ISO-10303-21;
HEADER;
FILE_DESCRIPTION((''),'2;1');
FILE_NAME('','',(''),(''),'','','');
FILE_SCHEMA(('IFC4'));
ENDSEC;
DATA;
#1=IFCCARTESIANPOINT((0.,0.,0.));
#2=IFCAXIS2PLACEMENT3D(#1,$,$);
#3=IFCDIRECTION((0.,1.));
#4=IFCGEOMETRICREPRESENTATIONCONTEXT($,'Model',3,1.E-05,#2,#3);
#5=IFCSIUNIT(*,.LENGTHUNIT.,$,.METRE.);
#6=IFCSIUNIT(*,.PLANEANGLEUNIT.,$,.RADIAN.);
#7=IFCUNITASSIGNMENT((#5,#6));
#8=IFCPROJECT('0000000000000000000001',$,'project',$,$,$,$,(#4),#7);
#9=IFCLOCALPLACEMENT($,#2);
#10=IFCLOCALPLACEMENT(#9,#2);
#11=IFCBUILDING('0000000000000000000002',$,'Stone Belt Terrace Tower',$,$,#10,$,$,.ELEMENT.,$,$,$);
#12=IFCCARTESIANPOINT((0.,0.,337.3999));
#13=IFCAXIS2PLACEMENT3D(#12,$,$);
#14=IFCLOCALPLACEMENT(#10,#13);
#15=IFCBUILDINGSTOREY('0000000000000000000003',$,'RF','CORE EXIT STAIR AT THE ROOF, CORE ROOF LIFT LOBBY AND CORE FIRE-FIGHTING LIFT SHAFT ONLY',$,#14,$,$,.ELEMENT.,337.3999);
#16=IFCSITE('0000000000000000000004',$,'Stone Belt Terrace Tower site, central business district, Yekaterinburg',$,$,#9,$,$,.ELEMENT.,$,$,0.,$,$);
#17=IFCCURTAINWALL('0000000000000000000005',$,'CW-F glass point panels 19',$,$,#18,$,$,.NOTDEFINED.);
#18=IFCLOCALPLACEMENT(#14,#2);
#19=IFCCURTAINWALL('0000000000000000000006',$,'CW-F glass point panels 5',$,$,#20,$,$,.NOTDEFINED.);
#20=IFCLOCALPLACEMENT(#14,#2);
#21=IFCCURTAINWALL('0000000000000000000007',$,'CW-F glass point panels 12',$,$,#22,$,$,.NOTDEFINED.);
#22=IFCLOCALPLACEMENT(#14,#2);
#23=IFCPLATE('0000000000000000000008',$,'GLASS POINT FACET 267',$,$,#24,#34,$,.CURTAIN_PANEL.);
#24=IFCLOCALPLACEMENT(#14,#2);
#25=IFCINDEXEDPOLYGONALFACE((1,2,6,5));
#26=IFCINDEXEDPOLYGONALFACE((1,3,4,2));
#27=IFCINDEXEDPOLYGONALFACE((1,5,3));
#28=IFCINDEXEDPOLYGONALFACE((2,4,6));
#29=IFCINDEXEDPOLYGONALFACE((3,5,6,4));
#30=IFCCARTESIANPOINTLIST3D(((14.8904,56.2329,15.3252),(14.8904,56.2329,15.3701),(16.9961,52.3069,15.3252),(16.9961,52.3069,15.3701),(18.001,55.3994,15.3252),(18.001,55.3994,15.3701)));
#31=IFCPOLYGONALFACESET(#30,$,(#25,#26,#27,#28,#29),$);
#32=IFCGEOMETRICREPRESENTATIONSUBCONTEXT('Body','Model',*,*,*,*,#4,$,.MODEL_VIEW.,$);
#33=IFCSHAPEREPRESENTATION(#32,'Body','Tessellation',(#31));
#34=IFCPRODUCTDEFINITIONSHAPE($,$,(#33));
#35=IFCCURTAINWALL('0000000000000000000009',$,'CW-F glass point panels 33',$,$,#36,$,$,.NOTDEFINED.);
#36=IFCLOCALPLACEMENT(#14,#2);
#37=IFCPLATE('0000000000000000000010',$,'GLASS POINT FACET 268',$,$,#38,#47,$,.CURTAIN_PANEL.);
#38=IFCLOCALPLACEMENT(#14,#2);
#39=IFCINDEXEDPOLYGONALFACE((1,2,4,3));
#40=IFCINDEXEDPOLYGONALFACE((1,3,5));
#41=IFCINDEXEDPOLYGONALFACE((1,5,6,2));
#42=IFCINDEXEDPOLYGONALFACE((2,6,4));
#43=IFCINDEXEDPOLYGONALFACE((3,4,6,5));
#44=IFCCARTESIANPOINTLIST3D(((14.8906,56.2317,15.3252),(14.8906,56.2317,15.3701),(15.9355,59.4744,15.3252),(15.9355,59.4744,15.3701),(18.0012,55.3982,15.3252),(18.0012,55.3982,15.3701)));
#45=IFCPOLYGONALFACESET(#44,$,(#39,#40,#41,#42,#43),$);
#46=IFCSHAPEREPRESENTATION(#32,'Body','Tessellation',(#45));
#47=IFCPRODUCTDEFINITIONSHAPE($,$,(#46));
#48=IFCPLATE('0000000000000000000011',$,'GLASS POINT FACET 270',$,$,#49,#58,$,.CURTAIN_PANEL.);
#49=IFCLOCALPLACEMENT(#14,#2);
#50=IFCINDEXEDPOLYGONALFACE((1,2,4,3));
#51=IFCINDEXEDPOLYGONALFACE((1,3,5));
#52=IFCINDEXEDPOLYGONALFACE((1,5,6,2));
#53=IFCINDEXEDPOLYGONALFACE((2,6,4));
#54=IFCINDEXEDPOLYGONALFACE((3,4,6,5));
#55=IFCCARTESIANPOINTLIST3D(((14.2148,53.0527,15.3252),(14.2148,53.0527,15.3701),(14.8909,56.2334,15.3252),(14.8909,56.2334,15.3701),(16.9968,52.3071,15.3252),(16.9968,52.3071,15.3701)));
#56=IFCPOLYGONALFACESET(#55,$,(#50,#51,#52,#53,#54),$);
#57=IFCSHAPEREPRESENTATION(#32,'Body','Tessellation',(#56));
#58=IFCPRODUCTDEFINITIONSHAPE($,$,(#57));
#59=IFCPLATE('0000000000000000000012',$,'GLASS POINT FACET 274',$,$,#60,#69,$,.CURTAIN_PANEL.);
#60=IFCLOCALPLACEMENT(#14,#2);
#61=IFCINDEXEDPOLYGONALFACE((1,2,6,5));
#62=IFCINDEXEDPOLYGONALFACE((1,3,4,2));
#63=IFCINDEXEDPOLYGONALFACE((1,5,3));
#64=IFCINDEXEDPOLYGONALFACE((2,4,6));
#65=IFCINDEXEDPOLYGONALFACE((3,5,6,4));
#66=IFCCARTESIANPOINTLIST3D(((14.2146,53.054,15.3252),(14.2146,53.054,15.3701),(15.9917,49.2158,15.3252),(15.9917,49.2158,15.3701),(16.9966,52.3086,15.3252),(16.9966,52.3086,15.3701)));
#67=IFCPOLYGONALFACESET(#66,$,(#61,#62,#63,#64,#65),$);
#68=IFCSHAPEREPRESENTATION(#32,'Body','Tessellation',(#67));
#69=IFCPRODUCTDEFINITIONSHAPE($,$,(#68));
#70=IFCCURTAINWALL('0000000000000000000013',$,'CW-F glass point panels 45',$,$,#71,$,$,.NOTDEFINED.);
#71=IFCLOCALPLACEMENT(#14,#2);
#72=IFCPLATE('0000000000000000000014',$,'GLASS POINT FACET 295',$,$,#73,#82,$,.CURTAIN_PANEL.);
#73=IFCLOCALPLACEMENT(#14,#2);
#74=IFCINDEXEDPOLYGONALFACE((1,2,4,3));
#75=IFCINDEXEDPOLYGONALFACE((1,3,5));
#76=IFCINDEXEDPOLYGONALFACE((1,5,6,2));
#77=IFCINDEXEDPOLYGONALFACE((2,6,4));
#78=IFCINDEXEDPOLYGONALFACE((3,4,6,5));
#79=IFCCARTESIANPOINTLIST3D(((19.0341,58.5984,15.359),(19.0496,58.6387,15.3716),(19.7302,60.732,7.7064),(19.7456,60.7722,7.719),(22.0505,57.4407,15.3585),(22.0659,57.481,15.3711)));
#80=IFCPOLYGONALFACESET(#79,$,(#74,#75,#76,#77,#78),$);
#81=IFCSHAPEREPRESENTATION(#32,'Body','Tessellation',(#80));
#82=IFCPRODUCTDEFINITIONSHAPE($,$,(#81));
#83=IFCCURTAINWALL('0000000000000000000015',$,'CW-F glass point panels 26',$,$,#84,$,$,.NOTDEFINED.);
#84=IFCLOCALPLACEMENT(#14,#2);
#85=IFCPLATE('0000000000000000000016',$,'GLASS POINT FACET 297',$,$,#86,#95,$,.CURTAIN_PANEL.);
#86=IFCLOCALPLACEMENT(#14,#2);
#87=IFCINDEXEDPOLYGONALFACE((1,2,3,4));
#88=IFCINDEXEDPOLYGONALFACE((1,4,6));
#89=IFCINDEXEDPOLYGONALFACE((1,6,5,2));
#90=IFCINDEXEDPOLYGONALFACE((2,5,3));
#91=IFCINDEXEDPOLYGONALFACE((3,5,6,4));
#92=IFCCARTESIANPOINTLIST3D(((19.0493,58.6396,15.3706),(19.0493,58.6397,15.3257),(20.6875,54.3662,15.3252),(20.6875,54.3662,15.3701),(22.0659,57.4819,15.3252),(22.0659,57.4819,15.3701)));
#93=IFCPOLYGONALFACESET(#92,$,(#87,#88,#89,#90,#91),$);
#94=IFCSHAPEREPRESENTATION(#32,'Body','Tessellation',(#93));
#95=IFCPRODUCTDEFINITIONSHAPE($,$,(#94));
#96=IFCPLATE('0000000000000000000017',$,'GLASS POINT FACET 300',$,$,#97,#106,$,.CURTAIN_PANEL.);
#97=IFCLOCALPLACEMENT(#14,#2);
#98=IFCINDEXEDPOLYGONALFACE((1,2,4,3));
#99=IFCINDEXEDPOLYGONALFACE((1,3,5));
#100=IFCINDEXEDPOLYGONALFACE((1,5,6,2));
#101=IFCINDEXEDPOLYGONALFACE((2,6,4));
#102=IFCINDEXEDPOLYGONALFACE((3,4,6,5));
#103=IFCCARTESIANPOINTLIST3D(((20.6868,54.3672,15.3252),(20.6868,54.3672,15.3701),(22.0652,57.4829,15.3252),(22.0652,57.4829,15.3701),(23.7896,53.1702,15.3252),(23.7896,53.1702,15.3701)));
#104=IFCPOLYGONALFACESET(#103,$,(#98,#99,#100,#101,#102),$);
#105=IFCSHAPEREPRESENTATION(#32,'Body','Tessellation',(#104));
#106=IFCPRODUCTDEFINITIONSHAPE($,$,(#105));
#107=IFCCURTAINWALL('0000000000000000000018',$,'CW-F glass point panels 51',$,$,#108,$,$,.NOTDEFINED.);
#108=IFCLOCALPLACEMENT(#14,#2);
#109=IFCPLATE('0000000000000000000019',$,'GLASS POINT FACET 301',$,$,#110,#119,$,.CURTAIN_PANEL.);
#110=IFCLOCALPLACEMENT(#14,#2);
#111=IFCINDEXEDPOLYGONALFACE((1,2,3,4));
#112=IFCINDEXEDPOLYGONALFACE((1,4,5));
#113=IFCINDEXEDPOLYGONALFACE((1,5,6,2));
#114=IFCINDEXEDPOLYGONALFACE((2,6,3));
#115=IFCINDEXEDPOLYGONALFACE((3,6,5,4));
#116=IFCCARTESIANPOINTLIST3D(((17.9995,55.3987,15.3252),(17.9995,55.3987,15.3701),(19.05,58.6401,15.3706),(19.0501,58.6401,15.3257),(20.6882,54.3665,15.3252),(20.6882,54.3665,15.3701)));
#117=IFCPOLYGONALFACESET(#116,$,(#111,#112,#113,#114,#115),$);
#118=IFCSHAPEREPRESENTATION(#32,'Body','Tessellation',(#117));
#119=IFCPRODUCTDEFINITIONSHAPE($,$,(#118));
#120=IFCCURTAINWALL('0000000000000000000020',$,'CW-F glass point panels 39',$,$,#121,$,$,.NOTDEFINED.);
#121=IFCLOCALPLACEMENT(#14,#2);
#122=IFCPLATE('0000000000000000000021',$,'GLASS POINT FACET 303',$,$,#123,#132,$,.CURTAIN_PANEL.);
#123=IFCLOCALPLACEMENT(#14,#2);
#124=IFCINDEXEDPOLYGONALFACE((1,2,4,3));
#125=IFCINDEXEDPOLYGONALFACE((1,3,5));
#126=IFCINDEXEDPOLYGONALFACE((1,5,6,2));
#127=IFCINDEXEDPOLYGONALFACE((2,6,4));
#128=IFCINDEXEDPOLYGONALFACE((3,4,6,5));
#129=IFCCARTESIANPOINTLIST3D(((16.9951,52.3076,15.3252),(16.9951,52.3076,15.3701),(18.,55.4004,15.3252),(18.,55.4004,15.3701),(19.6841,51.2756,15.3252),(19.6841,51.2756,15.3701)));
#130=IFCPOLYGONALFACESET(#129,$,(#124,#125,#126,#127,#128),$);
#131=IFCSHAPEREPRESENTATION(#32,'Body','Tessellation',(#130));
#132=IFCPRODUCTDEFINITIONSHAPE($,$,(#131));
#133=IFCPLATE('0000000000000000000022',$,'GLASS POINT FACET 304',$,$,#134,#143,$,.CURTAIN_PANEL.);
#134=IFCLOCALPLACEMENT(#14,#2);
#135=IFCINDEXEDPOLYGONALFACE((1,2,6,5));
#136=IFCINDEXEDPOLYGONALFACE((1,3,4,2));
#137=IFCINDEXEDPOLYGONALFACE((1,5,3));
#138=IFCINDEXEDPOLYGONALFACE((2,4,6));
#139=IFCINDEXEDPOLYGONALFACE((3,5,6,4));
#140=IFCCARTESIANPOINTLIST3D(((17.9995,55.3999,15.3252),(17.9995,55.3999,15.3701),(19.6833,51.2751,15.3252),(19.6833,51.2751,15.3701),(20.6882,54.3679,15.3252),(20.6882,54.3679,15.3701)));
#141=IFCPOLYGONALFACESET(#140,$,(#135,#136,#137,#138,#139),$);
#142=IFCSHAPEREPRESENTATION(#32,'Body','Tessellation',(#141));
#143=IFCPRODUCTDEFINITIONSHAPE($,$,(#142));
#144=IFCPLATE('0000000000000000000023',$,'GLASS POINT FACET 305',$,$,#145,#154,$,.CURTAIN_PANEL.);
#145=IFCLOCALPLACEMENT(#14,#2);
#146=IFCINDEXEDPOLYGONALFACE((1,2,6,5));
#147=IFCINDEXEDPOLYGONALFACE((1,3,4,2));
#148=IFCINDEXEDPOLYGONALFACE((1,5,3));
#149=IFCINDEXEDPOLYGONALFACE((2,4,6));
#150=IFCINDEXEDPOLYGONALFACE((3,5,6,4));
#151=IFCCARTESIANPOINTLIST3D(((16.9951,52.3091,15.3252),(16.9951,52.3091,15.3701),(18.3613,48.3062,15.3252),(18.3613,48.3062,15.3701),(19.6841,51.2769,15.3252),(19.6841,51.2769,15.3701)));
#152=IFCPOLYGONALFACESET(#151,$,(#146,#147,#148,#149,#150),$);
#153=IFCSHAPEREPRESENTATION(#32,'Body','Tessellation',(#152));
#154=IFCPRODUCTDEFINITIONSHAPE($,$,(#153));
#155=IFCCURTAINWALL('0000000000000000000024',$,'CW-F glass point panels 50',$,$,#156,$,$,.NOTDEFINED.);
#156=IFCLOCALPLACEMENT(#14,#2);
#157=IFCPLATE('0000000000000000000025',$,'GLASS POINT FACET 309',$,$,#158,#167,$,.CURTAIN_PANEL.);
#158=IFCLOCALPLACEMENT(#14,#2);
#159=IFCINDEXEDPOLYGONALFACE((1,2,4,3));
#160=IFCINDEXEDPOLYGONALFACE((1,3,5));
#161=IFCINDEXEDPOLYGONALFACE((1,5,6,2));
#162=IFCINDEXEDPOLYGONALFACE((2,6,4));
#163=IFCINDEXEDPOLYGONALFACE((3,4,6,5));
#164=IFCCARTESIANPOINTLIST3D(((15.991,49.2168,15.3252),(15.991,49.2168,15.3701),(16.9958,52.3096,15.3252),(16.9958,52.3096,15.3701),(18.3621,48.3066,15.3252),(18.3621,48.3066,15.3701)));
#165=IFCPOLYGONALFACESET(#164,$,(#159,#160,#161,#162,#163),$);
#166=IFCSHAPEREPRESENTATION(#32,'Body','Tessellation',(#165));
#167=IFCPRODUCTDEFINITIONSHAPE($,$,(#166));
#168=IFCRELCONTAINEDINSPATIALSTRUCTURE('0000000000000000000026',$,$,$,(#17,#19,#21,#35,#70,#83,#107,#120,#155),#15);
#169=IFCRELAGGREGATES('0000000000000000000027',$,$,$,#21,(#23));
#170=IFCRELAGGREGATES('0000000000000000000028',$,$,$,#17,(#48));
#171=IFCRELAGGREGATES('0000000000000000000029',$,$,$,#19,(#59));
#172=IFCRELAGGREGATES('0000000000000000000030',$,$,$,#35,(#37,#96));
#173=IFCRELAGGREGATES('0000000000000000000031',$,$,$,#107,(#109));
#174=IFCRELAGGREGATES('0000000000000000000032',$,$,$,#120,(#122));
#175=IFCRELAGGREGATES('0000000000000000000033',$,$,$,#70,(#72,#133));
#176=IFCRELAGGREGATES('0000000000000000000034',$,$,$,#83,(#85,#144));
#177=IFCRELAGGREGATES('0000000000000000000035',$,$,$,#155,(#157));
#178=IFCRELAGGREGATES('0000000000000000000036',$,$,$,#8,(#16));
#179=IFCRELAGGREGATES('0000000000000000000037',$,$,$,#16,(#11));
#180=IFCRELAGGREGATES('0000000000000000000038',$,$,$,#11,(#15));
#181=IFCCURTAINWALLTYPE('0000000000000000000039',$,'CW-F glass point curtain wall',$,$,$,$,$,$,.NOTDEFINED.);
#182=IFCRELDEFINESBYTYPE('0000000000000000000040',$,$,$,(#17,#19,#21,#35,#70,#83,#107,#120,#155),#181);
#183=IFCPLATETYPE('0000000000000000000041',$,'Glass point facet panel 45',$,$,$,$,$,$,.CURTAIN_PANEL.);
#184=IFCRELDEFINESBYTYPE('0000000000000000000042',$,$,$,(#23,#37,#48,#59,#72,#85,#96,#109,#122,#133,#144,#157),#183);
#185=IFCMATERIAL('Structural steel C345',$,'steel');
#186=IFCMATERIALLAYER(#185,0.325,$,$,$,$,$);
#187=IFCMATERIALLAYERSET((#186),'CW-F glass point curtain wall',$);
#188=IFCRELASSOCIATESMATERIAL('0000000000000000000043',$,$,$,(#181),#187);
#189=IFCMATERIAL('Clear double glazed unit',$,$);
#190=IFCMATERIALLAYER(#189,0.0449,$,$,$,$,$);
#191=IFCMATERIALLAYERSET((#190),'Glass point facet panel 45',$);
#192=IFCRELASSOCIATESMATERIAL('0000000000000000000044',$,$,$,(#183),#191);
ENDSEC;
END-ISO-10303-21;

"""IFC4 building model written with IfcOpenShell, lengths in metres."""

from ifc_helpers import new_model, si_unit, direction, frame, origin, place, context, subcontext, project, spatial, polyline, outline, extrude, material, layer, layer_set, type_object, element, aggregate, save


model = new_model("IFC4")

# Units and contexts
model_context = context("Model", 3, precision=1e-05, world=origin(), true_north=direction((0.0, 1.0)))
body_context = subcontext(model_context, "Body", "Model", "MODEL_VIEW")
ifc_project = project(units=[si_unit("LENGTHUNIT", "METRE"), si_unit("PLANEANGLEUNIT", "RADIAN")], contexts=[model_context])

# Site, building, storey
site_placement = place(None, origin())
site = spatial("IfcSite", under=ifc_project, at=site_placement, Name="Stone Belt Terrace Tower site, central business district, Yekaterinburg", CompositionType="ELEMENT", RefElevation=0.0)
building_placement = place(site_placement, origin())
building = spatial("IfcBuilding", under=site, at=building_placement, Name="Stone Belt Terrace Tower", CompositionType="ELEMENT")
storey_placement = place(building_placement, frame((0.0, 0.0, 337.3999)))
storey = spatial("IfcBuildingStorey", under=building, at=storey_placement, Name="RF", Description="CORE EXIT STAIR AT THE ROOF, CORE ROOF LIFT LOBBY AND CORE FIRE-FIGHTING LIFT SHAFT ONLY", CompositionType="ELEMENT", Elevation=337.3999)

# Shared definitions
ifc_material_1 = material(Name="Structural steel C345", Category="steel")

# Curtain walls, plates
ifc_layer_1 = layer(ifc_material_1, 0.325)
ifc_layer_set_1 = layer_set([ifc_layer_1], Name="CW-F glass point curtain wall")
curtain_wall_type = type_object("IfcCurtainWallType", Name="CW-F glass point curtain wall", PredefinedType="NOTDEFINED", material=ifc_layer_set_1)
curtain_wall_1_placement = place(storey_placement, origin())
curtain_wall_1 = element("IfcCurtainWall", 1, at=curtain_wall_1_placement, inside=storey, type_object=curtain_wall_type, Name="CW-F glass point panels 19", PredefinedType="NOTDEFINED")
ifc_material_2 = material(Name="Clear double glazed unit")
ifc_layer_2 = layer(ifc_material_2, 0.0449)
ifc_layer_set_2 = layer_set([ifc_layer_2], Name="Glass point facet panel 45")
plate_type = type_object("IfcPlateType", Name="Glass point facet panel 45", PredefinedType="CURTAIN_PANEL", material=ifc_layer_set_2)
curtain_wall_2_placement = place(storey_placement, origin())
curtain_wall_2 = element("IfcCurtainWall", 2, at=curtain_wall_2_placement, inside=storey, type_object=curtain_wall_type, Name="CW-F glass point panels 5", PredefinedType="NOTDEFINED")
curtain_wall_3_placement = place(storey_placement, origin())
curtain_wall_3 = element("IfcCurtainWall", 3, at=curtain_wall_3_placement, inside=storey, type_object=curtain_wall_type, Name="CW-F glass point panels 12", PredefinedType="NOTDEFINED")
plate_1_placement = place(storey_placement, frame((16.9961, 52.3069, 15.3701), z_axis=(0.0, 0.0, 1.0), x_axis=(-0.472655, 0.881248, 0.0)))
plate_1 = element("IfcPlate", 4, at=plate_1_placement, type_object=plate_type, Name="GLASS POINT FACET 267", PredefinedType="CURTAIN_PANEL", context=body_context, shape_type="SweptSolid", body=[
    extrude(outline(polyline([(0.0, 0.0), (4.4551, 0.0), (2.2503, -2.3472), (0.0, 0.0)])), origin(), (0.0, 0.0, -1.0), 0.0449),
])
aggregate(curtain_wall_3, [plate_1])
curtain_wall_4_placement = place(storey_placement, origin())
curtain_wall_4 = element("IfcCurtainWall", 5, at=curtain_wall_4_placement, inside=storey, type_object=curtain_wall_type, Name="CW-F glass point panels 33", PredefinedType="NOTDEFINED")
plate_2_placement = place(storey_placement, frame((15.9355, 59.4744, 15.3701), z_axis=(0.0, 0.0, 1.0), x_axis=(0.452037, -0.891999, 0.0)))
plate_2 = element("IfcPlate", 6, at=plate_2_placement, type_object=plate_type, Name="GLASS POINT FACET 268", PredefinedType="CURTAIN_PANEL", context=body_context, shape_type="SweptSolid", body=[
    extrude(outline(polyline([(0.0, 0.0), (4.5697, 0.0), (2.4201, -2.3979), (0.0, 0.0)])), origin(), (0.0, 0.0, -1.0), 0.0449),
])

# Plates
plate_3_placement = place(storey_placement, frame((16.9968, 52.3071, 15.3701), z_axis=(0.0, 0.0, 1.0), x_axis=(-0.965911, 0.258876, 0.0)))
plate_3 = element("IfcPlate", 7, at=plate_3_placement, type_object=plate_type, Name="GLASS POINT FACET 270", PredefinedType="CURTAIN_PANEL", context=body_context, shape_type="SweptSolid", body=[
    extrude(outline(polyline([(0.0, 0.0), (2.8802, 0.0), (3.0506, -3.2472), (0.0, 0.0)])), origin(), (0.0, 0.0, -1.0), 0.0449),
])
aggregate(curtain_wall_1, [plate_3])
plate_4_placement = place(storey_placement, frame((16.9966, 52.3086, 15.3701), z_axis=(0.0, 0.0, 1.0), x_axis=(-0.309011, -0.951058, 0.0)))
plate_4 = element("IfcPlate", 8, at=plate_4_placement, type_object=plate_type, Name="GLASS POINT FACET 274", PredefinedType="CURTAIN_PANEL", context=body_context, shape_type="SweptSolid", body=[
    extrude(outline(polyline([(0.0, 0.0), (3.2519, 0.0), (0.1508, -2.8762), (0.0, 0.0)])), origin(), (0.0, 0.0, -1.0), 0.0449),
])
aggregate(curtain_wall_2, [plate_4])

# Curtain walls, plates
curtain_wall_5_placement = place(storey_placement, origin())
curtain_wall_5 = element("IfcCurtainWall", 9, at=curtain_wall_5_placement, inside=storey, type_object=curtain_wall_type, Name="CW-F glass point panels 45", PredefinedType="NOTDEFINED")
plate_5_placement = place(storey_placement, frame((19.0496, 58.6387, 15.3716), z_axis=(0.34392, 0.895945, 0.281071), x_axis=(0.08728, 0.267533, -0.959587)))
plate_5 = element("IfcPlate", 10, at=plate_5_placement, type_object=plate_type, Name="GLASS POINT FACET 295", PredefinedType="CURTAIN_PANEL", context=body_context, shape_type="SweptSolid", body=[
    extrude(outline(polyline([(0.0, 0.0), (7.9749, 0.0), (-0.046, -3.2306), (0.0, 0.0)])), origin(), (0.0, 0.0, -1.0), 0.0449),
])
curtain_wall_6_placement = place(storey_placement, origin())
curtain_wall_6 = element("IfcCurtainWall", 11, at=curtain_wall_6_placement, inside=storey, type_object=curtain_wall_type, Name="CW-F glass point panels 26", PredefinedType="NOTDEFINED")
plate_6_placement = place(storey_placement, frame((19.0493, 58.6396, 15.3706), z_axis=(0.000138, -0.000061, 1.0), x_axis=(0.933606, -0.358301, -0.000151)))
plate_6 = element("IfcPlate", 12, at=plate_6_placement, type_object=plate_type, Name="GLASS POINT FACET 297", PredefinedType="CURTAIN_PANEL", context=body_context, shape_type="SweptSolid", body=[
    extrude(outline(polyline([(0.0, 0.0), (3.2311, 0.0), (3.0606, -3.4027), (0.0, 0.0)])), origin(), (0.0, 0.0, -1.0), 0.0449),
])

# Plate
plate_7_placement = place(storey_placement, frame((22.0652, 57.4829, 15.3701), z_axis=(0.0, 0.0, 1.0), x_axis=(0.371255, -0.928531, 0.0)))
plate_7 = element("IfcPlate", 13, at=plate_7_placement, type_object=plate_type, Name="GLASS POINT FACET 300", PredefinedType="CURTAIN_PANEL", context=body_context, shape_type="SweptSolid", body=[
    extrude(outline(polyline([(0.0, 0.0), (4.6447, 0.0), (2.3813, -2.4366), (0.0, 0.0)])), origin(), (0.0, 0.0, -1.0), 0.0449),
])
aggregate(curtain_wall_4, [plate_2, plate_7])

# Curtain walls, plates
curtain_wall_7_placement = place(storey_placement, origin())
curtain_wall_7 = element("IfcCurtainWall", 14, at=curtain_wall_7_placement, inside=storey, type_object=curtain_wall_type, Name="CW-F glass point panels 51", PredefinedType="NOTDEFINED")
plate_8_placement = place(storey_placement, frame((19.05, 58.6401, 15.3706), z_axis=(-0.000051, -0.000134, 1.0), x_axis=(0.357924, -0.933751, -0.000107)))
plate_8 = element("IfcPlate", 15, at=plate_8_placement, type_object=plate_type, Name="GLASS POINT FACET 301", PredefinedType="CURTAIN_PANEL", context=body_context, shape_type="SweptSolid", body=[
    extrude(outline(polyline([(0.0, 0.0), (4.5769, 0.0), (2.6507, -2.1411), (0.0, 0.0)])), origin(), (0.0, 0.0, -1.0), 0.0449),
])
aggregate(curtain_wall_7, [plate_8])
curtain_wall_8_placement = place(storey_placement, origin())
curtain_wall_8 = element("IfcCurtainWall", 16, at=curtain_wall_8_placement, inside=storey, type_object=curtain_wall_type, Name="CW-F glass point panels 39", PredefinedType="NOTDEFINED")
plate_9_placement = place(storey_placement, frame((16.9951, 52.3076, 15.3701), z_axis=(0.0, 0.0, 1.0), x_axis=(0.309011, 0.951058, 0.0)))
plate_9 = element("IfcPlate", 17, at=plate_9_placement, type_object=plate_type, Name="GLASS POINT FACET 303", PredefinedType="CURTAIN_PANEL", context=body_context, shape_type="SweptSolid", body=[
    extrude(outline(polyline([(0.0, 0.0), (3.2519, 0.0), (-0.1506, -2.8763), (0.0, 0.0)])), origin(), (0.0, 0.0, -1.0), 0.0449),
])
aggregate(curtain_wall_8, [plate_9])

# Plates
plate_10_placement = place(storey_placement, frame((20.6882, 54.3679, 15.3701), z_axis=(0.0, 0.0, 1.0), x_axis=(-0.309011, -0.951058, 0.0)))
plate_10 = element("IfcPlate", 18, at=plate_10_placement, type_object=plate_type, Name="GLASS POINT FACET 304", PredefinedType="CURTAIN_PANEL", context=body_context, shape_type="SweptSolid", body=[
    extrude(outline(polyline([(0.0, 0.0), (3.2519, 0.0), (-0.1506, -2.876), (0.0, 0.0)])), origin(), (0.0, 0.0, -1.0), 0.0449),
])
aggregate(curtain_wall_5, [plate_5, plate_10])
plate_11_placement = place(storey_placement, frame((16.9951, 52.3091, 15.3701), z_axis=(0.0, 0.0, 1.0), x_axis=(0.933577, -0.358377, 0.0)))
plate_11 = element("IfcPlate", 19, at=plate_11_placement, type_object=plate_type, Name="GLASS POINT FACET 305", PredefinedType="CURTAIN_PANEL", context=body_context, shape_type="SweptSolid", body=[
    extrude(outline(polyline([(0.0, 0.0), (2.8803, 0.0), (2.71, -3.2474), (0.0, 0.0)])), origin(), (0.0, 0.0, -1.0), 0.0449),
])
aggregate(curtain_wall_6, [plate_6, plate_11])

# Curtain wall, plate
curtain_wall_9_placement = place(storey_placement, origin())
curtain_wall_9 = element("IfcCurtainWall", 20, at=curtain_wall_9_placement, inside=storey, type_object=curtain_wall_type, Name="CW-F glass point panels 50", PredefinedType="NOTDEFINED")
plate_12_placement = place(storey_placement, frame((16.9958, 52.3096, 15.3701), z_axis=(0.0, 0.0, 1.0), x_axis=(0.323008, -0.946396, 0.0)))
plate_12 = element("IfcPlate", 21, at=plate_12_placement, type_object=plate_type, Name="GLASS POINT FACET 309", PredefinedType="CURTAIN_PANEL", context=body_context, shape_type="SweptSolid", body=[
    extrude(outline(polyline([(0.0, 0.0), (4.2297, 0.0), (2.6024, -1.95), (0.0, 0.0)])), origin(), (0.0, 0.0, -1.0), 0.0449),
])
aggregate(curtain_wall_9, [plate_12])

save(model, "model.ifc")
